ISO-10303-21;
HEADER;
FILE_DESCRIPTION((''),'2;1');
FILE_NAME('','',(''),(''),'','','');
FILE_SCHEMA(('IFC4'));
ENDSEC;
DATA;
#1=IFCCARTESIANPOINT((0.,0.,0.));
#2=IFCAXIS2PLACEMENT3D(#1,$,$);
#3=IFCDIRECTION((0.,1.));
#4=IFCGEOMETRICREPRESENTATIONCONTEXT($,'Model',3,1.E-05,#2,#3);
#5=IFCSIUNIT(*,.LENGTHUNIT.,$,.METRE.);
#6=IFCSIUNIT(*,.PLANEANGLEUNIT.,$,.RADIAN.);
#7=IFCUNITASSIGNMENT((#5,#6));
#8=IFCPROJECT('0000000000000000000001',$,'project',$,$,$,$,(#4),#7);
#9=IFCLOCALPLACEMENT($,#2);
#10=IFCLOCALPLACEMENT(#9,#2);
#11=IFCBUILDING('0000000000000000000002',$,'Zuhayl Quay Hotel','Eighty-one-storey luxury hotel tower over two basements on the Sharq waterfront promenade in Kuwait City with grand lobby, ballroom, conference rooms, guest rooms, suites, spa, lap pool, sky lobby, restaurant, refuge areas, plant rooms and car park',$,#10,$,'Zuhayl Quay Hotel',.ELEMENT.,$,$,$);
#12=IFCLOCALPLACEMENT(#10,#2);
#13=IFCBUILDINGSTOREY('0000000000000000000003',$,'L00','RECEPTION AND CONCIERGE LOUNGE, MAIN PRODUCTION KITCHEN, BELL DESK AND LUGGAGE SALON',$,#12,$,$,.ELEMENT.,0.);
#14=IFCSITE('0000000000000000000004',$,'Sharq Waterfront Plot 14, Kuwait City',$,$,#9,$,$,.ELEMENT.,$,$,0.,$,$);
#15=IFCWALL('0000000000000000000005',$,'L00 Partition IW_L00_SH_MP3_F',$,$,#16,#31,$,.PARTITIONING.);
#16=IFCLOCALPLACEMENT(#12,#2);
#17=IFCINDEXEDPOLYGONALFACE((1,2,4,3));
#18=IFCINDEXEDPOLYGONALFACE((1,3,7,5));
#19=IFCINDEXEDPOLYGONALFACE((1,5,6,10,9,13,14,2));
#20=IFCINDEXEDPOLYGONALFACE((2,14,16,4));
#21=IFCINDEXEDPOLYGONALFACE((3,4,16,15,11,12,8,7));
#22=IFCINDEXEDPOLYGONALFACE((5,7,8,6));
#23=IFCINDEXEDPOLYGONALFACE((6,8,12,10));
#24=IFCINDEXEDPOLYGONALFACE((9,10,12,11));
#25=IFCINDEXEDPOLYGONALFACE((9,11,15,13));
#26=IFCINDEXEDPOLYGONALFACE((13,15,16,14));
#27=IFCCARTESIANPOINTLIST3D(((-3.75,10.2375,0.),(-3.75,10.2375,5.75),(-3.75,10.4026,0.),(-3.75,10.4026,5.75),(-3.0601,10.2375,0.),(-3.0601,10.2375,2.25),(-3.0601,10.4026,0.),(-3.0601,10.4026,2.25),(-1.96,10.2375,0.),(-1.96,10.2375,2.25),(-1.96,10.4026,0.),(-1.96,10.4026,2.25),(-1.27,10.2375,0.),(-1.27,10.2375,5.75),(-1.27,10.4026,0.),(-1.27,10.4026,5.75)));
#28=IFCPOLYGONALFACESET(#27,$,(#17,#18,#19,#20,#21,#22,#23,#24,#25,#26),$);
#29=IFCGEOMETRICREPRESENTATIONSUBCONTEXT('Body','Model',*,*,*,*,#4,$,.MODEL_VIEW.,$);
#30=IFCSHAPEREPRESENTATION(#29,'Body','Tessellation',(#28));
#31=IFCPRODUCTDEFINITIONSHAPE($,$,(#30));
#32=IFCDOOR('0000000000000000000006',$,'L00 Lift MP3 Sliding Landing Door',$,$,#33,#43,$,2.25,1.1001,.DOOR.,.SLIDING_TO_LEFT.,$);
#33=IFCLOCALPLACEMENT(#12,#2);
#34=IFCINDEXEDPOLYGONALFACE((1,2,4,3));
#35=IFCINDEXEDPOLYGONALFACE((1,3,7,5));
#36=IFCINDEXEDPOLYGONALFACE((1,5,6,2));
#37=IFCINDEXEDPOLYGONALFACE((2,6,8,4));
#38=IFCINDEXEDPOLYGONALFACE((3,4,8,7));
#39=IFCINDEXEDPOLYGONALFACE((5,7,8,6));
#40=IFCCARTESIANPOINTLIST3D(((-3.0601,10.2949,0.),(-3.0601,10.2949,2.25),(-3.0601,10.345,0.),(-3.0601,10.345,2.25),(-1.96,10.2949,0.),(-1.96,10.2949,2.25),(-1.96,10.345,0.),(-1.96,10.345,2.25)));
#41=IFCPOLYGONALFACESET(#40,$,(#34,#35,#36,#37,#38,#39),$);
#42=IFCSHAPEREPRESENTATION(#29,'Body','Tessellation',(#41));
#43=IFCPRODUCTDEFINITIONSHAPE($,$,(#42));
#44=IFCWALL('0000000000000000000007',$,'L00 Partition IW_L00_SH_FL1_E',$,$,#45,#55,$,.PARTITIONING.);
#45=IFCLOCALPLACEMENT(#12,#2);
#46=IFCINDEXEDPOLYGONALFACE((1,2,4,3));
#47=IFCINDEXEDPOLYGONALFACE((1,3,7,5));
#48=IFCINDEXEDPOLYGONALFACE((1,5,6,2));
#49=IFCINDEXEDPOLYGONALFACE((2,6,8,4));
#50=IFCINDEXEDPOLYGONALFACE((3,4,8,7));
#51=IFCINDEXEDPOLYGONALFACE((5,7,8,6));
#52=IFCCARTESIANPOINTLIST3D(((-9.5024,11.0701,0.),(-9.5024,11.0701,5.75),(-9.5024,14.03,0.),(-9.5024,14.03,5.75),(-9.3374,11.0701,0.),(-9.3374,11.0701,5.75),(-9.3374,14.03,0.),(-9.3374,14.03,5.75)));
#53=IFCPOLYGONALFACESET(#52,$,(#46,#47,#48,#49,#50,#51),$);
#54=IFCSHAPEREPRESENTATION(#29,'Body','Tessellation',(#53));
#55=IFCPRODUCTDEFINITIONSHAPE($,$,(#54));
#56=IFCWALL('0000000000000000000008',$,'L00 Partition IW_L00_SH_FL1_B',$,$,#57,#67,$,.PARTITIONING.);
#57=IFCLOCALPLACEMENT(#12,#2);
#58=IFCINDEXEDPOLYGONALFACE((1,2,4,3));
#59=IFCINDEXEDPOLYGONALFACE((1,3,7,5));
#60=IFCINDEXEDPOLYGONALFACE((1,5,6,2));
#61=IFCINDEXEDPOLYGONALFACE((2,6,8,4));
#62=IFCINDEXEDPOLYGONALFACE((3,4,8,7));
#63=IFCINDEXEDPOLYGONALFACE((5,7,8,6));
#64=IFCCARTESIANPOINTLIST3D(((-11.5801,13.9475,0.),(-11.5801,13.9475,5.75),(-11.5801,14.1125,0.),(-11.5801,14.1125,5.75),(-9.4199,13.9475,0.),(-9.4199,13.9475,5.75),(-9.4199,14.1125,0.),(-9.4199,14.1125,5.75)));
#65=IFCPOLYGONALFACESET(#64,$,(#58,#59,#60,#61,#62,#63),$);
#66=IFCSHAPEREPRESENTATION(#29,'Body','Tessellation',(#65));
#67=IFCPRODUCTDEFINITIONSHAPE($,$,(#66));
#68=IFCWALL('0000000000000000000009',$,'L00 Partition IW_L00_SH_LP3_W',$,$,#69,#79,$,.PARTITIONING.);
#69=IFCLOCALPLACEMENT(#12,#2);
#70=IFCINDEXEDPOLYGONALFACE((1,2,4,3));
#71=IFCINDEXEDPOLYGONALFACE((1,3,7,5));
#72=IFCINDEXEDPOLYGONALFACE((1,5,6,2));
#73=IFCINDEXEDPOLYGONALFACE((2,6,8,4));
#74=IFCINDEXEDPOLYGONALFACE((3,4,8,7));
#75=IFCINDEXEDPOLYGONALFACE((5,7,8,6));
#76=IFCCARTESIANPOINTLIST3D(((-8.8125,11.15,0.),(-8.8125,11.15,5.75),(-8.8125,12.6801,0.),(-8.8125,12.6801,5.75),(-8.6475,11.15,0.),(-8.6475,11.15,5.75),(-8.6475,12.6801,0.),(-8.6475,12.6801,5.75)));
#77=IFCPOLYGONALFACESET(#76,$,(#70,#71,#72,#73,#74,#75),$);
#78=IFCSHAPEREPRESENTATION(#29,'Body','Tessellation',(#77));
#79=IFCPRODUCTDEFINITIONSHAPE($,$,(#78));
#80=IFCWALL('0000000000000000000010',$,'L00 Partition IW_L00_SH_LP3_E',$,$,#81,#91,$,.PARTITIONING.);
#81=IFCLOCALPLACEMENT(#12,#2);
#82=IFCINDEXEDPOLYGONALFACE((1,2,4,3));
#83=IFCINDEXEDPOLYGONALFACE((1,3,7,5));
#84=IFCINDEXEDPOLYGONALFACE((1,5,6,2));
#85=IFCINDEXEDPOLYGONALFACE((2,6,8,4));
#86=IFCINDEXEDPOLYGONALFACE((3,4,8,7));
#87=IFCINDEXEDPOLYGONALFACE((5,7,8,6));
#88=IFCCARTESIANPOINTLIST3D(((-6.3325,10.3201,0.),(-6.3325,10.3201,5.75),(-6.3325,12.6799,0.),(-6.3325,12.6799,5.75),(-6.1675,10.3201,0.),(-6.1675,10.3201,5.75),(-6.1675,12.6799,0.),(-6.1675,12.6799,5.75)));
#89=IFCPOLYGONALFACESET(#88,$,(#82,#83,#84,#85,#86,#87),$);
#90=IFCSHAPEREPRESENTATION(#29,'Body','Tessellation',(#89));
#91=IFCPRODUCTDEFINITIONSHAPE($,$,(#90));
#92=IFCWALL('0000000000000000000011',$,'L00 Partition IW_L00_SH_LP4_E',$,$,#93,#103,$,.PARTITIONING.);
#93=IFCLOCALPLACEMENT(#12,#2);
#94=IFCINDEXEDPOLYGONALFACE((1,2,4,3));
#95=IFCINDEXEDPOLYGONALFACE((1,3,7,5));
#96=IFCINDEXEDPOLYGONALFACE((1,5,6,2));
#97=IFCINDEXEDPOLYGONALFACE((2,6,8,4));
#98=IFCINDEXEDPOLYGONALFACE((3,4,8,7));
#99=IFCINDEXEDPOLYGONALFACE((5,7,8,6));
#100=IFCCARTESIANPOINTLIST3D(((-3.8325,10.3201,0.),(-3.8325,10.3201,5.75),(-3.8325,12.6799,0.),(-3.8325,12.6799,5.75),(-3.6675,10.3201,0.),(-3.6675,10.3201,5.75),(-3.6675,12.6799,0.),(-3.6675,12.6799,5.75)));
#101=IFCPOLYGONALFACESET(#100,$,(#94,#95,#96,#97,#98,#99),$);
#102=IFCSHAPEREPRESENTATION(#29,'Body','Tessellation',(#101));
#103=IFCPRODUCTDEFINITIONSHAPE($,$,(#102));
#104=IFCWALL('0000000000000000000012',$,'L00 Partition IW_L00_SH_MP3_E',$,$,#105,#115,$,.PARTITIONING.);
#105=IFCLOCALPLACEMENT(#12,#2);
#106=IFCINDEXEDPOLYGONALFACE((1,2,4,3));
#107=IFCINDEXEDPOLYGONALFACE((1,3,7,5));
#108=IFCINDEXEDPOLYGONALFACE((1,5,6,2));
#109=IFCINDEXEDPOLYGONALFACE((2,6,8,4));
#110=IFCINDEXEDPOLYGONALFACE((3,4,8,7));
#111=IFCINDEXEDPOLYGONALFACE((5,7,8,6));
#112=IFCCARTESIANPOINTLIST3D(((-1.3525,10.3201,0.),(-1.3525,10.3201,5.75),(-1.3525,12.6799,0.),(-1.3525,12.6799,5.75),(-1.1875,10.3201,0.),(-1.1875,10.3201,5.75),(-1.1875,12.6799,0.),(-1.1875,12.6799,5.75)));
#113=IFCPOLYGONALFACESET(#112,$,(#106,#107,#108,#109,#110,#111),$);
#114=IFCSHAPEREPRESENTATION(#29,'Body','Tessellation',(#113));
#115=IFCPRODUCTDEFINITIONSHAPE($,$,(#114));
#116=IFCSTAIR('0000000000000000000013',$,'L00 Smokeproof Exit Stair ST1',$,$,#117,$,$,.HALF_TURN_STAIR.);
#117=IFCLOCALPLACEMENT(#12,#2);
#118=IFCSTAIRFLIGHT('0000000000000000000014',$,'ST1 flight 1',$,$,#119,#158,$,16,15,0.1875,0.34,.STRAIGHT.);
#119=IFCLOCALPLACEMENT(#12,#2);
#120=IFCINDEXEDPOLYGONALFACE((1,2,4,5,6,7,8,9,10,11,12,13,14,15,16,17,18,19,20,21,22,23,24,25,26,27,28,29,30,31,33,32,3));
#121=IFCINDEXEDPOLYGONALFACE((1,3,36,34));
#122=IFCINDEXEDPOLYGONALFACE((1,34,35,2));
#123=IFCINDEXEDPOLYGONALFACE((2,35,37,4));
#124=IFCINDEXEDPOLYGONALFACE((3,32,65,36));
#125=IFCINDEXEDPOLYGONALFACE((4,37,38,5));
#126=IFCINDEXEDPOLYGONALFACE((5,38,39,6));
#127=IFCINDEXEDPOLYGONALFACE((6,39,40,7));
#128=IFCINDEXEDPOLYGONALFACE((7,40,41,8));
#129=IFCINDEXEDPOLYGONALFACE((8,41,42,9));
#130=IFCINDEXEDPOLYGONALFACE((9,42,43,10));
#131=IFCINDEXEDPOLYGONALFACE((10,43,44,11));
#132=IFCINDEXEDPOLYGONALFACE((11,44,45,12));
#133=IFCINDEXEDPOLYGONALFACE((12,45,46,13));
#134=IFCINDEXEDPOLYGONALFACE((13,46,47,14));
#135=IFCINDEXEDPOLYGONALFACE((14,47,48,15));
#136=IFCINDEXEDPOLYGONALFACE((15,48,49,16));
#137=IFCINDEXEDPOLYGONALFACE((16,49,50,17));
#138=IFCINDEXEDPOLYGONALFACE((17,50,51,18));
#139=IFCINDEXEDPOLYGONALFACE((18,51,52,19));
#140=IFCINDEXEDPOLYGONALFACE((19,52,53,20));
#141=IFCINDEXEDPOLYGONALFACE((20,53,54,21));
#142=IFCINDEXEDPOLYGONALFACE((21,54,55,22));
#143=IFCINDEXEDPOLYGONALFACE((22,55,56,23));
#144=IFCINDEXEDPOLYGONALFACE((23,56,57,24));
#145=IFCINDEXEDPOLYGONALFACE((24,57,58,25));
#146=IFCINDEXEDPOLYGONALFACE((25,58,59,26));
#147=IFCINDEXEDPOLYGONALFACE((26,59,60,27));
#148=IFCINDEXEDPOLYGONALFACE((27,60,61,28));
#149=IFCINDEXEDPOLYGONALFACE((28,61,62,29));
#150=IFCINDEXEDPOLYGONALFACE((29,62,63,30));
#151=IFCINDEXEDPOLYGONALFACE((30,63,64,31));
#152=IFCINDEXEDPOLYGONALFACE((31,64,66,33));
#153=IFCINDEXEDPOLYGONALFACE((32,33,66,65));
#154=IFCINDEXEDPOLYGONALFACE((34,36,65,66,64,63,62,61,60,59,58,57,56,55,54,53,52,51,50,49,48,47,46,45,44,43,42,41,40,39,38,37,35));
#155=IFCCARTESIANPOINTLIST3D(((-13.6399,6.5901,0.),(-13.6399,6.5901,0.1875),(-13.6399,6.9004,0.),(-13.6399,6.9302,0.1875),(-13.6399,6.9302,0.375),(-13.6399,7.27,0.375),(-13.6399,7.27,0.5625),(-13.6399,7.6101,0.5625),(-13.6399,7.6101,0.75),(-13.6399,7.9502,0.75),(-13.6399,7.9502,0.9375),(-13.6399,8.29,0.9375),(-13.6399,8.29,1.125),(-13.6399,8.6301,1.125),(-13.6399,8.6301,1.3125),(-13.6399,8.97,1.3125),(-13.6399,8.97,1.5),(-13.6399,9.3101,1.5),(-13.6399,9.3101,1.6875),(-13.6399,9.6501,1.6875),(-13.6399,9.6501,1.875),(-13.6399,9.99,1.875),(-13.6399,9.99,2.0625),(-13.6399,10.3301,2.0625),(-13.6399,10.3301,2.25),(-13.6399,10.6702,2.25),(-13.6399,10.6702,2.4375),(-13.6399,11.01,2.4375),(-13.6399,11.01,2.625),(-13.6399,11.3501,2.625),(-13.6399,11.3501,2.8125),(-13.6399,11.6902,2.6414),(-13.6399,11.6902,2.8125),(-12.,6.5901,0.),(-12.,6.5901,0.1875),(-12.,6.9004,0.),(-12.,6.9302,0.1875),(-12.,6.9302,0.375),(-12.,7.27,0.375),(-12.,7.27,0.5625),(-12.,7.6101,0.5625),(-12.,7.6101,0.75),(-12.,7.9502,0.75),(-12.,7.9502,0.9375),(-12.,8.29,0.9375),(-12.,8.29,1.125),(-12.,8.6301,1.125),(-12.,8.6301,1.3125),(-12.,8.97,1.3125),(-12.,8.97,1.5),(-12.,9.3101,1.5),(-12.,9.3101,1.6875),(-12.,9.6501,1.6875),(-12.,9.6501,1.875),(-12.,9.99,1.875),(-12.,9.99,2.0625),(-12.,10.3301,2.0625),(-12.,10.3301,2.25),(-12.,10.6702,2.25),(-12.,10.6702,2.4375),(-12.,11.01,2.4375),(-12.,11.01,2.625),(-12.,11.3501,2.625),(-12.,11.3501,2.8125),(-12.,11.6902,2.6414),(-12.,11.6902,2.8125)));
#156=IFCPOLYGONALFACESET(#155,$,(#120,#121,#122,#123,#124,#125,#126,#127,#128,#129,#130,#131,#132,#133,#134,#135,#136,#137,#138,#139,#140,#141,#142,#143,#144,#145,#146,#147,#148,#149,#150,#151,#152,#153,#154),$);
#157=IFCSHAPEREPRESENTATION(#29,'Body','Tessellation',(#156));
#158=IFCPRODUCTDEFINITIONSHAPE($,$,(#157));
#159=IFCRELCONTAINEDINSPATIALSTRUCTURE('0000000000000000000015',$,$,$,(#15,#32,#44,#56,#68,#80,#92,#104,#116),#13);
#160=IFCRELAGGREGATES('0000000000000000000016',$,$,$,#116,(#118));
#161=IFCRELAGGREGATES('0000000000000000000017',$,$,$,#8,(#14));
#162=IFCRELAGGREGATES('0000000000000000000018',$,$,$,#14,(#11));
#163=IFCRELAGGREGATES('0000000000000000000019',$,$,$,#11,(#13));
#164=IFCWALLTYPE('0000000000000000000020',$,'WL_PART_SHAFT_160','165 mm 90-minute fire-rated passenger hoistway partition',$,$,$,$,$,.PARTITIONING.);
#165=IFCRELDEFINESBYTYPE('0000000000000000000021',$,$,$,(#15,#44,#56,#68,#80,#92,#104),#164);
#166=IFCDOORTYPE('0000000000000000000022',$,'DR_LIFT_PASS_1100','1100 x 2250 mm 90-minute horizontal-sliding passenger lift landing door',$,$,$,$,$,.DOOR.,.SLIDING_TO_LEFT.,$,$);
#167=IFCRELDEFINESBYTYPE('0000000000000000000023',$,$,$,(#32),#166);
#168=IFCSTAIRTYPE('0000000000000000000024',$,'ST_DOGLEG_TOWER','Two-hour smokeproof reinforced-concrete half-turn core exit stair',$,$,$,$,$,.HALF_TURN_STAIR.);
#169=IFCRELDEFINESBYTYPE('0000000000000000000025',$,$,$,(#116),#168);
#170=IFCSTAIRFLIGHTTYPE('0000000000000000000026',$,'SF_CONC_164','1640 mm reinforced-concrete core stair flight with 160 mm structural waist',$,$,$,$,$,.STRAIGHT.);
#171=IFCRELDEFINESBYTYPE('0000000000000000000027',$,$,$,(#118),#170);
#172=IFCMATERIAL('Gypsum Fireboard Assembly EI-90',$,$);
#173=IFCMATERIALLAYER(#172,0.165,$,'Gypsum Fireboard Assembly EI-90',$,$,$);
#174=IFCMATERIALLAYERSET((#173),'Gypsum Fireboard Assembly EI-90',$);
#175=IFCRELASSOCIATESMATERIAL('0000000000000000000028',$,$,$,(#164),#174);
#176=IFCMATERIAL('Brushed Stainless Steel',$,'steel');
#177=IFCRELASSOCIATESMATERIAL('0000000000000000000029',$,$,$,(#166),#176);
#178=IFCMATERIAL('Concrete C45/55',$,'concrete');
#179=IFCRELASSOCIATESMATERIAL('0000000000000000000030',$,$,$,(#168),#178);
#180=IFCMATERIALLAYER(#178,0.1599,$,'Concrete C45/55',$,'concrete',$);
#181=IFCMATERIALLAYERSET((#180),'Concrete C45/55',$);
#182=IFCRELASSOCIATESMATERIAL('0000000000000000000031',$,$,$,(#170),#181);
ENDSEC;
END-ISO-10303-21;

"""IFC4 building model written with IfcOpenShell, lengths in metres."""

from ifc_helpers import new_model, si_unit, direction, frame, frame_2d, origin, place, context, subcontext, project, spatial, polyline, rectangle, outline, extrude, material, layer, layer_set, type_object, element, fill, aggregate, save


model = new_model("IFC4")

# Units and contexts
model_context = context("Model", 3, precision=1e-05, world=origin(), true_north=direction((0.0, 1.0)))
body_context = subcontext(model_context, "Body", "Model", "MODEL_VIEW")
ifc_project = project(units=[si_unit("LENGTHUNIT", "METRE"), si_unit("PLANEANGLEUNIT", "RADIAN")], contexts=[model_context])

# Site, building, storey
site_placement = place(None, origin())
site = spatial("IfcSite", under=ifc_project, at=site_placement, Name="Sharq Waterfront Plot 14, Kuwait City", CompositionType="ELEMENT", RefElevation=0.0)
building_placement = place(site_placement, origin())
building = spatial("IfcBuilding", under=site, at=building_placement, Name="Zuhayl Quay Hotel", Description="Eighty-one-storey luxury hotel tower over two basements on the Sharq waterfront promenade in Kuwait City with grand lobby, ballroom, conference rooms, guest rooms, suites, spa, lap pool, sky lobby, restaurant, refuge areas, plant rooms and car park", LongName="Zuhayl Quay Hotel", CompositionType="ELEMENT")
storey_placement = place(building_placement, origin())
storey = spatial("IfcBuildingStorey", under=building, at=storey_placement, Name="L00", Description="RECEPTION AND CONCIERGE LOUNGE, MAIN PRODUCTION KITCHEN, BELL DESK AND LUGGAGE SALON", CompositionType="ELEMENT", Elevation=0.0)

# Wall, opening, door
ifc_material_1 = material(Name="Gypsum Fireboard Assembly EI-90")
ifc_layer_1 = layer(ifc_material_1, 0.165, Name="Gypsum Fireboard Assembly EI-90")
ifc_layer_set_1 = layer_set([ifc_layer_1], Name="Gypsum Fireboard Assembly EI-90")
wall_type_1 = type_object("IfcWallType", Name="WL_PART_SHAFT_160", Description="165 mm 90-minute fire-rated passenger hoistway partition", PredefinedType="PARTITIONING", material=ifc_layer_set_1)
ifc_material_2 = material(Name="Brushed Stainless Steel", Category="steel")
door_type_1 = type_object("IfcDoorType", Name="DR_LIFT_PASS_1100", Description="1100 x 2250 mm 90-minute horizontal-sliding passenger lift landing door", OperationType="SLIDING_TO_LEFT", PredefinedType="DOOR", material=ifc_material_2)
wall_1_placement = place(storey_placement, frame((-3.75, 10.3201, 0.0), z_axis=(0.0, 0.0, 1.0), x_axis=(1.0, 0.0, 0.0)))
wall_1 = element("IfcWall", 1, at=wall_1_placement, inside=storey, type_object=wall_type_1, Name="L00 Partition IW_L00_SH_MP3_F", PredefinedType="PARTITIONING", context=body_context, shape_type="SweptSolid", body=[
    extrude(rectangle(XDim=2.48, YDim=0.165, at=frame_2d((1.24, 0.0))), origin(), (0.0, 0.0, 1.0), 5.75),
])
opening_1_placement = place(wall_1_placement, frame((0.6899, 0.0, 0.0)))
opening_1 = element("IfcOpeningElement", 2, at=opening_1_placement, cuts=wall_1, PredefinedType="OPENING", context=body_context, shape_type="SweptSolid", body=[
    extrude(rectangle(XDim=1.1001, YDim=2.25, at=frame_2d((0.55, 1.125))), frame((0.0, 0.0925, 0.0), z_axis=(0.0, -1.0, 0.0), x_axis=(1.0, 0.0, 0.0)), (0.0, 0.0, 1.0), 0.1851),
])
door_1_placement = place(opening_1_placement, origin())
door_1 = element("IfcDoor", 3, at=door_1_placement, inside=storey, type_object=door_type_1, Name="L00 Lift MP3 Sliding Landing Door", OperationType="SLIDING_TO_LEFT", OverallHeight=2.25, OverallWidth=1.1001, PredefinedType="DOOR", context=body_context, shape_type="SweptSolid", body=[
    extrude(rectangle(XDim=1.1001, YDim=2.25, at=frame_2d((0.55, 1.125))), frame((0.0, 0.0249, 0.0), z_axis=(0.0, -1.0, 0.0), x_axis=(1.0, 0.0, 0.0)), (0.0, 0.0, 1.0), 0.05),
])
fill(opening_1, door_1)

# Walls
wall_2_placement = place(storey_placement, frame((-9.4199, 11.0701, 0.0), z_axis=(0.0, 0.0, 1.0), x_axis=(0.0, 1.0, 0.0)))
element("IfcWall", 4, at=wall_2_placement, inside=storey, type_object=wall_type_1, Name="L00 Partition IW_L00_SH_FL1_E", PredefinedType="PARTITIONING", context=body_context, shape_type="SweptSolid", body=[
    extrude(rectangle(XDim=2.96, YDim=0.165, at=frame_2d((1.48, 0.0))), origin(), (0.0, 0.0, 1.0), 5.75),
])
wall_3_placement = place(storey_placement, frame((-11.5801, 14.03, 0.0), z_axis=(0.0, 0.0, 1.0), x_axis=(1.0, 0.0, 0.0)))
element("IfcWall", 5, at=wall_3_placement, inside=storey, type_object=wall_type_1, Name="L00 Partition IW_L00_SH_FL1_B", PredefinedType="PARTITIONING", context=body_context, shape_type="SweptSolid", body=[
    extrude(rectangle(XDim=2.1602, YDim=0.165, at=frame_2d((1.0801, 0.0))), origin(), (0.0, 0.0, 1.0), 5.75),
])
wall_4_placement = place(storey_placement, frame((-8.73, 11.1499, 0.0), z_axis=(0.0, 0.0, 1.0), x_axis=(0.0, 1.0, 0.0)))
element("IfcWall", 6, at=wall_4_placement, inside=storey, type_object=wall_type_1, Name="L00 Partition IW_L00_SH_LP3_W", PredefinedType="PARTITIONING", context=body_context, shape_type="SweptSolid", body=[
    extrude(rectangle(XDim=1.53, YDim=0.165, at=frame_2d((0.7651, 0.0))), origin(), (0.0, 0.0, 1.0), 5.75),
])
for number, where, z_axis, x_axis, name in (
    (7, (-6.25, 10.3201, 0.0), (0.0, 0.0, 1.0), (0.0, 1.0, 0.0), "L00 Partition IW_L00_SH_LP3_E"),
    (8, (-3.75, 10.3201, 0.0), (0.0, 0.0, 1.0), (0.0, 1.0, 0.0), "L00 Partition IW_L00_SH_LP4_E"),
    (9, (-1.27, 10.3201, 0.0), (0.0, 0.0, 1.0), (0.0, 1.0, 0.0), "L00 Partition IW_L00_SH_MP3_E"),
):
    element("IfcWall", number, at=place(storey_placement, frame(where, z_axis=z_axis, x_axis=x_axis)), inside=storey, type_object=wall_type_1, Name=name, PredefinedType="PARTITIONING", context=body_context, shape_type="SweptSolid", body=[
        extrude(rectangle(XDim=2.3599, YDim=0.165, at=frame_2d((1.1799, 0.0))), origin(), (0.0, 0.0, 1.0), 5.75),
    ])

# Stair, stair flight
ifc_material_3 = material(Name="Concrete C45/55", Category="concrete")
stair_type = type_object("IfcStairType", Name="ST_DOGLEG_TOWER", Description="Two-hour smokeproof reinforced-concrete half-turn core exit stair", PredefinedType="HALF_TURN_STAIR", material=ifc_material_3)
stair_placement = place(storey_placement, origin())
stair = element("IfcStair", 10, at=stair_placement, inside=storey, type_object=stair_type, Name="L00 Smokeproof Exit Stair ST1", PredefinedType="HALF_TURN_STAIR")
ifc_layer_2 = layer(ifc_material_3, 0.1599, Name="Concrete C45/55", Category="concrete")
ifc_layer_set_2 = layer_set([ifc_layer_2], Name="Concrete C45/55")
stair_flight_type = type_object("IfcStairFlightType", Name="SF_CONC_164", Description="1640 mm reinforced-concrete core stair flight with 160 mm structural waist", PredefinedType="STRAIGHT", material=ifc_layer_set_2)
stair_flight_1_placement = place(storey_placement, frame((-12.8201, 6.5901, 0.0), z_axis=(0.0, 0.0, 1.0), x_axis=(0.0, 1.0, 0.0)))
stair_flight_1 = element("IfcStairFlight", 11, at=stair_flight_1_placement, type_object=stair_flight_type, Name="ST1 flight 1", NumberOfRisers=16, NumberOfTreads=15, PredefinedType="STRAIGHT", RiserHeight=0.1875, TreadLength=0.34, context=body_context, shape_type="SweptSolid", body=[
    extrude(outline(polyline([(0.0, 0.0), (0.0, 0.1875), (0.3401, 0.1875), (0.3401, 0.375), (0.6799, 0.375), (0.6799, 0.5625), (1.02, 0.5625), (1.02, 0.75), (1.3601, 0.75), (1.3601, 0.9375), (1.7, 0.9375), (1.7, 1.125), (2.04, 1.125), (2.04, 1.3125), (2.3799, 1.3125), (2.3799, 1.5), (2.72, 1.5), (2.72, 1.6875), (3.0601, 1.6875), (3.0601, 1.875), (3.3999, 1.875), (3.3999, 2.0625), (3.74, 2.0625), (3.74, 2.25), (4.0801, 2.25), (4.0801, 2.4375), (4.4199, 2.4375), (4.4199, 2.625), (4.76, 2.625), (4.76, 2.8125), (5.1001, 2.8125), (5.1001, 3.0), (5.1001, 2.6414), (0.3103, 0.0), (0.0, 0.0)])), frame((0.0, 0.8198, 0.0), z_axis=(0.0, -1.0, 0.0), x_axis=(1.0, 0.0, 0.0)), (0.0, 0.0, 1.0), 1.6399),
])
aggregate(stair, [stair_flight_1])

save(model, "model.ifc")
